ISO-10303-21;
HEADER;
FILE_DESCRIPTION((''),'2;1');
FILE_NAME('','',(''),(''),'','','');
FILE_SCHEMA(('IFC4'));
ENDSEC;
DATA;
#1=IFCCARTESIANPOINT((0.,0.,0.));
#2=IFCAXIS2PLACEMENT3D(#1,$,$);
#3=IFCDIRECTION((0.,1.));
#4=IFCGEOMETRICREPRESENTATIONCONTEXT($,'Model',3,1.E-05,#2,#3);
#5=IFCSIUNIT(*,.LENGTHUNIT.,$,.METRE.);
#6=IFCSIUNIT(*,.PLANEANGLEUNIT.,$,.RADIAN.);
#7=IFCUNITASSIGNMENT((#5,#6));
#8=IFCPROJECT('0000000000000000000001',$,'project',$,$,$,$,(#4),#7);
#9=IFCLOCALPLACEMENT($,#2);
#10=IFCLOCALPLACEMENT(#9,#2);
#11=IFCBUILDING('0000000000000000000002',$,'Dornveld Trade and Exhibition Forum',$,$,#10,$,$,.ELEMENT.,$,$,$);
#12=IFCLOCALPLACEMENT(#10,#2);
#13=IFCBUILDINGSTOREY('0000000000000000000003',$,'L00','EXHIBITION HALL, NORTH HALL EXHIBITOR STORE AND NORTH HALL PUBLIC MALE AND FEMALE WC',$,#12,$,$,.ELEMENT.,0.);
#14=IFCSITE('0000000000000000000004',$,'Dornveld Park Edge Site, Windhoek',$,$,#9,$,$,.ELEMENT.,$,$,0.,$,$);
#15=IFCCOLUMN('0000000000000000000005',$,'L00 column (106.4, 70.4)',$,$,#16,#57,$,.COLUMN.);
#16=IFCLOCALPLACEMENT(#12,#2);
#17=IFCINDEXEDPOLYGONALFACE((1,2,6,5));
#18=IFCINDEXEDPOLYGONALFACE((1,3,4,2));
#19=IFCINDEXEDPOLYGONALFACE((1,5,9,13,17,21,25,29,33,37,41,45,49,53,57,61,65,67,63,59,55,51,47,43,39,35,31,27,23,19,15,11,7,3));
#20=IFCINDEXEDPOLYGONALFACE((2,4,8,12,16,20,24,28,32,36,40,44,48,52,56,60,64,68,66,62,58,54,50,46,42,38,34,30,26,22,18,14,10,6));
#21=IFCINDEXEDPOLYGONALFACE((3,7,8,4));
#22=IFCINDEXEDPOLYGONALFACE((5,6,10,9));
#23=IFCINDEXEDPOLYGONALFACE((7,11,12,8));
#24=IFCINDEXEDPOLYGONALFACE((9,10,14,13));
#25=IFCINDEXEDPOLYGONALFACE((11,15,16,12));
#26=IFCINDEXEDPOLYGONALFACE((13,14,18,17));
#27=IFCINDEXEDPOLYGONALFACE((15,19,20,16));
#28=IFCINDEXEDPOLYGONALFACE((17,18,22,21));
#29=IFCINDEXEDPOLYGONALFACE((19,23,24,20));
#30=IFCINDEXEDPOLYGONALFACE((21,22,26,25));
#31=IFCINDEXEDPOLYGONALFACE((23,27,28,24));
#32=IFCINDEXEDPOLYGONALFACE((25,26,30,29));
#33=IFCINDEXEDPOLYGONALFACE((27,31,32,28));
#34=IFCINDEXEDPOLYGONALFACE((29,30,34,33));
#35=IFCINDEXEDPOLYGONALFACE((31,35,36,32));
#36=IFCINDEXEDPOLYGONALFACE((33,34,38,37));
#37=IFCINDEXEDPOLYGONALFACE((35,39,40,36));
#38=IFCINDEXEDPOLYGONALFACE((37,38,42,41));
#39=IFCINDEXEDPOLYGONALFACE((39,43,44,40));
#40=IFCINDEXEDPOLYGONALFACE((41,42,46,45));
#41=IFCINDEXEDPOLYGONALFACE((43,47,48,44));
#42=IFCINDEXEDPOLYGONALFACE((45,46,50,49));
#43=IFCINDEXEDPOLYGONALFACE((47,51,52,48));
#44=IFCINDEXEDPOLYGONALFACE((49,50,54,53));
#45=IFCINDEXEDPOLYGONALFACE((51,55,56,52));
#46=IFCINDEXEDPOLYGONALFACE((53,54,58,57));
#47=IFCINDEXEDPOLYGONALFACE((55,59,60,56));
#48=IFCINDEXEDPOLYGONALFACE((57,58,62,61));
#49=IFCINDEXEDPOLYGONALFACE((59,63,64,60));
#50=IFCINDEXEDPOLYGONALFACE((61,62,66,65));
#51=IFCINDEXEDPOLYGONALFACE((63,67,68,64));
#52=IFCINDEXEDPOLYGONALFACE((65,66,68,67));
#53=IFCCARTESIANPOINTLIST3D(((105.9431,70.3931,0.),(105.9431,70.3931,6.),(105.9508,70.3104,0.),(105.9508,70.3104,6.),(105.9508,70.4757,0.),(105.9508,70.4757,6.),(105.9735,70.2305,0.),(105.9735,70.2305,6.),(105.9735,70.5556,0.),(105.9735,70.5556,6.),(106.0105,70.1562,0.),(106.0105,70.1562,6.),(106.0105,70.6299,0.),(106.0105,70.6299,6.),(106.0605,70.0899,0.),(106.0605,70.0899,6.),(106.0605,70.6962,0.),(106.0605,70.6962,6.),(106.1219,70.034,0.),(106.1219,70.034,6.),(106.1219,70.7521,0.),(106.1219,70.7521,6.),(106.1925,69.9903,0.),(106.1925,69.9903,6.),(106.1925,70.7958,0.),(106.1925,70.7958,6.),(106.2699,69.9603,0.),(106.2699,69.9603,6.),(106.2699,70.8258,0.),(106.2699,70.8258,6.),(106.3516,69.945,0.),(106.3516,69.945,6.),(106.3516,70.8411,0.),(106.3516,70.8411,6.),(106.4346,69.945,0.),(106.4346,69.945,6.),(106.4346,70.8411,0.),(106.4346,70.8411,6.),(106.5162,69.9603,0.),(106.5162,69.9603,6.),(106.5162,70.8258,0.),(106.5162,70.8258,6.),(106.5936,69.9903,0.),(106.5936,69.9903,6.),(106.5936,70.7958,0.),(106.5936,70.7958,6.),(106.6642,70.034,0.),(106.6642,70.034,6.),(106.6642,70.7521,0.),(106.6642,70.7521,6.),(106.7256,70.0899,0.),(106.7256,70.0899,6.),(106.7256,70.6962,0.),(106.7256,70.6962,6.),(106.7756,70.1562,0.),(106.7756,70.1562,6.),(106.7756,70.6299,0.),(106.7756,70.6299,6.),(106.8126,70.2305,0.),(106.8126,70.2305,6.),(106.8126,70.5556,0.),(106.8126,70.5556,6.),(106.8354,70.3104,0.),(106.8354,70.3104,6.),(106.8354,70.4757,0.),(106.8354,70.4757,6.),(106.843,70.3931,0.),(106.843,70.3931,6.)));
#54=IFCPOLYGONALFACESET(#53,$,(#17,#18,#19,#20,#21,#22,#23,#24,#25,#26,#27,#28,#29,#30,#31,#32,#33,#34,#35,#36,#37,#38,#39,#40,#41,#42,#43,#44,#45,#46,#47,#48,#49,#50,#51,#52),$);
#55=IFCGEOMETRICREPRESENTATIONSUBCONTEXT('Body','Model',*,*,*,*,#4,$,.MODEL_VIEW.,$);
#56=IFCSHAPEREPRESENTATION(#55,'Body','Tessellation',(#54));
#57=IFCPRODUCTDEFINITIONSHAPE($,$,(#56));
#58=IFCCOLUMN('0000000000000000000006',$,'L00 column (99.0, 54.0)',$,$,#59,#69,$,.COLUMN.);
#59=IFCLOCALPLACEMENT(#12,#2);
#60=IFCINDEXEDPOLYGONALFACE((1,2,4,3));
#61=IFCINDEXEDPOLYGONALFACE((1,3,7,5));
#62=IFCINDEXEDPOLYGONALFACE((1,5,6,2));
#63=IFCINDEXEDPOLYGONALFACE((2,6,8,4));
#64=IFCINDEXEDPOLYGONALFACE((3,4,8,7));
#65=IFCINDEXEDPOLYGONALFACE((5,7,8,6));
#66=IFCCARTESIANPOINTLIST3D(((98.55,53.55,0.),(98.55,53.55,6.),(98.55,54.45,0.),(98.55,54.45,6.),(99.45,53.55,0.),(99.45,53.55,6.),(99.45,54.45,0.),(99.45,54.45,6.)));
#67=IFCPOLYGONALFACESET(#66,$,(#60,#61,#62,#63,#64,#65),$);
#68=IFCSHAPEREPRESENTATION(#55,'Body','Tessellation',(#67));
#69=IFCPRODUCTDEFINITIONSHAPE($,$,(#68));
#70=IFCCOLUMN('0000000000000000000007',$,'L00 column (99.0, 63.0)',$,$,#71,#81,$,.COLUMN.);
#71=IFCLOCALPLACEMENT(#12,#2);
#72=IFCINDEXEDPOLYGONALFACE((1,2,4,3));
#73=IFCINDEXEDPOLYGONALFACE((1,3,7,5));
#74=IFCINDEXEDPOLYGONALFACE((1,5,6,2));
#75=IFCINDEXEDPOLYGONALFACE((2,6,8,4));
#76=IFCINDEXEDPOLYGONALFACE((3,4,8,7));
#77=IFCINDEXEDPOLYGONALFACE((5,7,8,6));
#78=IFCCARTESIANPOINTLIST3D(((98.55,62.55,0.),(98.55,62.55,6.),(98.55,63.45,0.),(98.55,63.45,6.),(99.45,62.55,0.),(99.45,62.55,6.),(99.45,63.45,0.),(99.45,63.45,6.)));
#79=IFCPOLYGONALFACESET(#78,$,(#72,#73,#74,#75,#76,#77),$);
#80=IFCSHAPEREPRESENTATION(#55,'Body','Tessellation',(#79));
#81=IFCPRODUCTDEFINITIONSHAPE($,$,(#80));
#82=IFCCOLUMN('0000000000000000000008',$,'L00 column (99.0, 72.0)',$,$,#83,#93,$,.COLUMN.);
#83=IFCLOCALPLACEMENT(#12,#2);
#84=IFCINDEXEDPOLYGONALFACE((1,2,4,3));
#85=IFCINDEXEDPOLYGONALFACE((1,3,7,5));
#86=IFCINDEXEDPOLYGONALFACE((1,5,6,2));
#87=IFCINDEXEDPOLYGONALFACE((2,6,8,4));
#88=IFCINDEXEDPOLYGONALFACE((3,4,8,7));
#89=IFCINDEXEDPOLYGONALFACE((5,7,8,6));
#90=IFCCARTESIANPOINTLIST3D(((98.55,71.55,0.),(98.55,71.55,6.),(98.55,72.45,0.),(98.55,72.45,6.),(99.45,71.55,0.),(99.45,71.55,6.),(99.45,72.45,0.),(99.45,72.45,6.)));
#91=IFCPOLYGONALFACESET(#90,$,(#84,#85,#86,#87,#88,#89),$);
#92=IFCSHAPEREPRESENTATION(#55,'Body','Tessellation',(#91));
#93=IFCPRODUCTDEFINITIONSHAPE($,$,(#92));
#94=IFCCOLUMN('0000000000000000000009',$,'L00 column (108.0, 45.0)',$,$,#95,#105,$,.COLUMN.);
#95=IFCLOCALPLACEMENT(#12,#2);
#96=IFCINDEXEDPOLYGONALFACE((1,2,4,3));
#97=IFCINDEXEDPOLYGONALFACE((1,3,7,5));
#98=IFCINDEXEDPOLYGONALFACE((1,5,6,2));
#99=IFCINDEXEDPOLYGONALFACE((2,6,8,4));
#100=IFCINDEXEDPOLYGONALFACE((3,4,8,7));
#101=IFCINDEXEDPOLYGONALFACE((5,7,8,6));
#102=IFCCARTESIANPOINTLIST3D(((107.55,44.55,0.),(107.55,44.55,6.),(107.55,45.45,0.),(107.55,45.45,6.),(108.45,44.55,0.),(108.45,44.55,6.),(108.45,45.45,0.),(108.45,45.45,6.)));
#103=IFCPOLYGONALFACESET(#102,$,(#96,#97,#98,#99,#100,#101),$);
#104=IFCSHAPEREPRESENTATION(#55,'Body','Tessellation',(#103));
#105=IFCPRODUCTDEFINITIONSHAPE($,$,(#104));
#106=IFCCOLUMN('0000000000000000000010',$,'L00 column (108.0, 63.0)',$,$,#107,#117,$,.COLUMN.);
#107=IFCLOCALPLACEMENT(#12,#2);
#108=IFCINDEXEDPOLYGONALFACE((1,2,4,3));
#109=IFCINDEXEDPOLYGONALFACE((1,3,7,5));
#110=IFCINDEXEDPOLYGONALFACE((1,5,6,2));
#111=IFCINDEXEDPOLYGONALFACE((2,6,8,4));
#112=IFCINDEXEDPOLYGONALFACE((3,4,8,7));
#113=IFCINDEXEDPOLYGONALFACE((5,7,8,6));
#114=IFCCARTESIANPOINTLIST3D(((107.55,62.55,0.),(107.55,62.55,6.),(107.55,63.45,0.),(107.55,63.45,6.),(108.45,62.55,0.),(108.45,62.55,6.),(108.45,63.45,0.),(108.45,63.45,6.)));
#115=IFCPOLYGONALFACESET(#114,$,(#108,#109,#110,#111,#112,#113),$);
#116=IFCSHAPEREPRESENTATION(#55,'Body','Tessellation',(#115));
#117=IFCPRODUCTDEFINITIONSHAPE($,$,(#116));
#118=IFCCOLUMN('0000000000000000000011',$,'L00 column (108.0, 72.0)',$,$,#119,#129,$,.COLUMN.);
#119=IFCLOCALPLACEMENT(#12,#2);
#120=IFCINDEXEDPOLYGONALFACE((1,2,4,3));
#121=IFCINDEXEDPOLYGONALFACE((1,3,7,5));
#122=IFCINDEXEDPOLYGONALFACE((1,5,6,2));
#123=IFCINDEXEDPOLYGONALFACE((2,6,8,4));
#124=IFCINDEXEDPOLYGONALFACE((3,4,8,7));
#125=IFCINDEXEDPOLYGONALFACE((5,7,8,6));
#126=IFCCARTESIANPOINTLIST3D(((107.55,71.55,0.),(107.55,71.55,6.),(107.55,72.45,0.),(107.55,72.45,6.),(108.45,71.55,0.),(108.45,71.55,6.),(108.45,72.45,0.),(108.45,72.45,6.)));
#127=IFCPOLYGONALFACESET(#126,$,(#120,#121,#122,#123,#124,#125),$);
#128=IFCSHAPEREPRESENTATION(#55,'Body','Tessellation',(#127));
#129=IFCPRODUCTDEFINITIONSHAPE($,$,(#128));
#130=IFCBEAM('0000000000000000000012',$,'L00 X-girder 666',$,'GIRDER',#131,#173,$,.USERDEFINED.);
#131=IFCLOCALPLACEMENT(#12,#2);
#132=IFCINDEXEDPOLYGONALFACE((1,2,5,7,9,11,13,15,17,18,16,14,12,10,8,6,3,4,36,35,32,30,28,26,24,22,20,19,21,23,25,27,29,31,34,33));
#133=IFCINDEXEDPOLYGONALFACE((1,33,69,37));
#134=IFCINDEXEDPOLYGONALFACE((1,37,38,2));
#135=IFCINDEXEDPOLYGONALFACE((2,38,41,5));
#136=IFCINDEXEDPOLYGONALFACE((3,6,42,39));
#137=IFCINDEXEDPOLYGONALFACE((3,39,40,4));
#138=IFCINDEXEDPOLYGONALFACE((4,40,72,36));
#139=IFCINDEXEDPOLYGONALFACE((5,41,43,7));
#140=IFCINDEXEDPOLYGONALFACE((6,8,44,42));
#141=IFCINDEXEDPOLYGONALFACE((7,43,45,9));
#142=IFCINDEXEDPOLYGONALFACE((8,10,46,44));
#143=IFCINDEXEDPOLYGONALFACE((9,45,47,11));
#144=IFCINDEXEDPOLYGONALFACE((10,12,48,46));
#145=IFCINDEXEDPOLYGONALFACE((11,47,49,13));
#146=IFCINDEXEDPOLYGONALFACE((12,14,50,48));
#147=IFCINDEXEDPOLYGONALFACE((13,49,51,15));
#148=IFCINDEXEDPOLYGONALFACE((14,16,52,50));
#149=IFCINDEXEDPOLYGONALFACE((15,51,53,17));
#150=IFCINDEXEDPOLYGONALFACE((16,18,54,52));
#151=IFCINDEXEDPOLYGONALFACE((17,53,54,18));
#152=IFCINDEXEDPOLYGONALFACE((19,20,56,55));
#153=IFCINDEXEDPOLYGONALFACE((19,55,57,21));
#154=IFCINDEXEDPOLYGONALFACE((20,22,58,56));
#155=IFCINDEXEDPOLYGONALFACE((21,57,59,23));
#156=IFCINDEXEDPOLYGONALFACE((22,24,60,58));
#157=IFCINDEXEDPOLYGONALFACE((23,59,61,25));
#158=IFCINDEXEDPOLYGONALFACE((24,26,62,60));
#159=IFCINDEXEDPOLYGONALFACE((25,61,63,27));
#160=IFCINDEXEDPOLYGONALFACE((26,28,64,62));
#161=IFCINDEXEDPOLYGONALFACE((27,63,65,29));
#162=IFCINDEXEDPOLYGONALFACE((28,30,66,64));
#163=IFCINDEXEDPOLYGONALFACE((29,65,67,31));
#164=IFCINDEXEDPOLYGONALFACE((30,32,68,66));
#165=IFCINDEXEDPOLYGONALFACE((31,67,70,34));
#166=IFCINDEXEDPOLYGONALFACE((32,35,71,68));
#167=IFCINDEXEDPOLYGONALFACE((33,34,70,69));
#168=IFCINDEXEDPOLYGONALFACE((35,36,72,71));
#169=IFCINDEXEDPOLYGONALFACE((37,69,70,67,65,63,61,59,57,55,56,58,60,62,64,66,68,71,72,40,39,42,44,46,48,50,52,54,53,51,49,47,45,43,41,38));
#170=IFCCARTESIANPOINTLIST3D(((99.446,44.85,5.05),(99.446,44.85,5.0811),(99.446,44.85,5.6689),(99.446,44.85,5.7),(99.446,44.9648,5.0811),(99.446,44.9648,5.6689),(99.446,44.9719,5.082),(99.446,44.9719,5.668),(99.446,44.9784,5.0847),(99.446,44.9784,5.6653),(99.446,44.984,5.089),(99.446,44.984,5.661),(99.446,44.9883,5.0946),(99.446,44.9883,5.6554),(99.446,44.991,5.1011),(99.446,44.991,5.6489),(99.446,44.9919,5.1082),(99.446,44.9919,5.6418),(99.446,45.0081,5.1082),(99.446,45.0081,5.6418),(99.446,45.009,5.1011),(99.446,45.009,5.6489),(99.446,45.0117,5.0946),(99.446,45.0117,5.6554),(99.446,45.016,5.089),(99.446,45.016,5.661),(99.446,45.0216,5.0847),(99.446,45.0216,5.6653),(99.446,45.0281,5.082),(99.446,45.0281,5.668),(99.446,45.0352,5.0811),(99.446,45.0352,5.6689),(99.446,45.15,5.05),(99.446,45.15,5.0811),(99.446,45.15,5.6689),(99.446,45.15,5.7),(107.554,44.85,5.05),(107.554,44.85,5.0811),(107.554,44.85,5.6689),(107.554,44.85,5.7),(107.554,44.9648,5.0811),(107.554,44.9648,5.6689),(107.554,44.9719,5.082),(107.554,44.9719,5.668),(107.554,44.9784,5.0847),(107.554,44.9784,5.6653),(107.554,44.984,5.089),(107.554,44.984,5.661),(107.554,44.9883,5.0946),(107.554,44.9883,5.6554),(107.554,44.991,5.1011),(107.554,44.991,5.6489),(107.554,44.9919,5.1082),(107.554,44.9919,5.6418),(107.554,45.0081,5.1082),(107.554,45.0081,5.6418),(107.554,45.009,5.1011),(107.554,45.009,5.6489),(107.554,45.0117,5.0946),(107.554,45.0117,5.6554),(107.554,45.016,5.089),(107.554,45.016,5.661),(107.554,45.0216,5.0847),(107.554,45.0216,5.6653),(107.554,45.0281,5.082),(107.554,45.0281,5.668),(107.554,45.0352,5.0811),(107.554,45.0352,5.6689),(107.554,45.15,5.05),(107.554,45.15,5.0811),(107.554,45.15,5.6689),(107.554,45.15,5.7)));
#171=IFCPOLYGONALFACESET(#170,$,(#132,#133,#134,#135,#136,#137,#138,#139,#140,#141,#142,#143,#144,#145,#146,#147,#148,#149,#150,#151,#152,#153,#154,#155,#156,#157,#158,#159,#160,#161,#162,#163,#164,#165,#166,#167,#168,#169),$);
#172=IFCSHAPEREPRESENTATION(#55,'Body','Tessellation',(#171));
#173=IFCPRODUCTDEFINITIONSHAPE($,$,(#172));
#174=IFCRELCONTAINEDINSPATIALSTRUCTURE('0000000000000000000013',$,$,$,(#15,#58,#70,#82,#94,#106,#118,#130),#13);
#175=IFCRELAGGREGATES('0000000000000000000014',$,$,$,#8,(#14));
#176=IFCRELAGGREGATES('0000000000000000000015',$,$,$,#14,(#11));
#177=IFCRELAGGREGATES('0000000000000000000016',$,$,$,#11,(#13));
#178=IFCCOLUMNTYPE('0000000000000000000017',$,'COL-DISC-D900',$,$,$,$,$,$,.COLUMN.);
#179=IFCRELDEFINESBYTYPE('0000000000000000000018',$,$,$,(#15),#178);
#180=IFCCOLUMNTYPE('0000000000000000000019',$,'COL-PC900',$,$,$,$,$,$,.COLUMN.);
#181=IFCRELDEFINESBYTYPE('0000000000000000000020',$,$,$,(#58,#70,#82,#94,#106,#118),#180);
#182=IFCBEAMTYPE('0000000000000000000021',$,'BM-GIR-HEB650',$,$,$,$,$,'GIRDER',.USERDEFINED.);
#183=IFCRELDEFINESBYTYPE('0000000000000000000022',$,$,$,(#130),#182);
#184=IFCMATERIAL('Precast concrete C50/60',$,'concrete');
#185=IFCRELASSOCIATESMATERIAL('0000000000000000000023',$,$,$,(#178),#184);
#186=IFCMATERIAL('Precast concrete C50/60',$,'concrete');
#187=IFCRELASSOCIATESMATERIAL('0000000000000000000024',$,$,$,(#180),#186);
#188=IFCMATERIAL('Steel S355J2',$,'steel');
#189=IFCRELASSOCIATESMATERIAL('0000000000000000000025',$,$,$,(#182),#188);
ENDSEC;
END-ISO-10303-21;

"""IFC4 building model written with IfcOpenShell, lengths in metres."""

from ifc_helpers import new_model, si_unit, direction, frame, origin, origin_2d, place, context, subcontext, project, spatial, rectangle, circle, i_section, extrude, material, material_profile, profile_set, type_object, element, save


model = new_model("IFC4")

# Units and contexts
model_context = context("Model", 3, precision=1e-05, world=origin(), true_north=direction((0.0, 1.0)))
body_context = subcontext(model_context, "Body", "Model", "MODEL_VIEW")
ifc_project = project(units=[si_unit("LENGTHUNIT", "METRE"), si_unit("PLANEANGLEUNIT", "RADIAN")], contexts=[model_context])

# Site, building, storey
site_placement = place(None, origin())
site = spatial("IfcSite", under=ifc_project, at=site_placement, Name="Dornveld Park Edge Site, Windhoek", CompositionType="ELEMENT", RefElevation=0.0)
building_placement = place(site_placement, origin())
building = spatial("IfcBuilding", under=site, at=building_placement, Name="Dornveld Trade and Exhibition Forum", CompositionType="ELEMENT")
storey_placement = place(building_placement, origin())
storey = spatial("IfcBuildingStorey", under=building, at=storey_placement, Name="L00", Description="EXHIBITION HALL, NORTH HALL EXHIBITOR STORE AND NORTH HALL PUBLIC MALE AND FEMALE WC", CompositionType="ELEMENT", Elevation=0.0)

# Columns
ifc_material_1 = material(Name="Precast concrete C50/60", Category="concrete")
ifc_material_profile_1 = material_profile(ifc_material_1, circle(Radius=0.45, at=origin_2d()), Name="PC-COL D900")
ifc_profile_set_1 = profile_set([ifc_material_profile_1], Name="Precast concrete C50/60")
column_type_1 = type_object("IfcColumnType", Name="COL-DISC-D900", PredefinedType="COLUMN", material=ifc_profile_set_1)
column_placement = place(storey_placement, frame((106.3931, 70.3931, 0.0), z_axis=(0.0, 0.0, 1.0), x_axis=(1.0, 0.0, 0.0)))
element("IfcColumn", 1, at=column_placement, inside=storey, type_object=column_type_1, Name="L00 column (106.4, 70.4)", PredefinedType="COLUMN", context=body_context, shape_type="SweptSolid", body=[
    extrude(circle(Radius=0.45, at=origin_2d()), origin(), (0.0, 0.0, 1.0), 6.0),
])
ifc_material_2 = material(Name="Precast concrete C50/60", Category="concrete")
ifc_material_profile_2 = material_profile(ifc_material_2, rectangle(XDim=0.8999, YDim=0.8999, at=origin_2d()), Name="PC-COL 900x900")
ifc_profile_set_2 = profile_set([ifc_material_profile_2], Name="Precast concrete C50/60")
column_type_2 = type_object("IfcColumnType", Name="COL-PC900", PredefinedType="COLUMN", material=ifc_profile_set_2)
for number, where, z_axis, x_axis, name in (
    (2, (99.0, 54.0, 0.0), (0.0, 0.0, 1.0), (1.0, 0.0, 0.0), "L00 column (99.0, 54.0)"),
    (3, (99.0, 63.0, 0.0), (0.0, 0.0, 1.0), (1.0, 0.0, 0.0), "L00 column (99.0, 63.0)"),
    (4, (99.0, 72.0, 0.0), (0.0, 0.0, 1.0), (1.0, 0.0, 0.0), "L00 column (99.0, 72.0)"),
    (5, (108.0, 45.0, 0.0), (0.0, 0.0, 1.0), (1.0, 0.0, 0.0), "L00 column (108.0, 45.0)"),
    (6, (108.0, 63.0, 0.0), (0.0, 0.0, 1.0), (1.0, 0.0, 0.0), "L00 column (108.0, 63.0)"),
    (7, (108.0, 72.0, 0.0), (0.0, 0.0, 1.0), (1.0, 0.0, 0.0), "L00 column (108.0, 72.0)"),
):
    element("IfcColumn", number, at=place(storey_placement, frame(where, z_axis=z_axis, x_axis=x_axis)), inside=storey, type_object=column_type_2, Name=name, PredefinedType="COLUMN", context=body_context, shape_type="SweptSolid", body=[
        extrude(rectangle(XDim=0.8999, YDim=0.8999, at=origin_2d()), origin(), (0.0, 0.0, 1.0), 6.0),
    ])

# Beam
ifc_material_3 = material(Name="Steel S355J2", Category="steel")
ifc_material_profile_3 = material_profile(ifc_material_3, i_section(OverallWidth=0.3, OverallDepth=0.6499, WebThickness=0.0161, FlangeThickness=0.031, FilletRadius=0.0271, at=origin_2d()), Name="HEB 650")
ifc_profile_set_3 = profile_set([ifc_material_profile_3], Name="Steel S355J2")
beam_type_1 = type_object("IfcBeamType", Name="BM-GIR-HEB650", ElementType="GIRDER", PredefinedType="USERDEFINED", material=ifc_profile_set_3)
for number, where, z_axis, x_axis, name in (
    (8, (99.446, 45.0, 5.375), (1.0, 0.0, 0.0), (0.0, 1.0, 0.0), "L00 X-girder 666"),
):
    element("IfcBeam", number, at=place(storey_placement, frame(where, z_axis=z_axis, x_axis=x_axis)), inside=storey, type_object=beam_type_1, Name=name, ObjectType="GIRDER", PredefinedType="USERDEFINED", context=body_context, shape_type="SweptSolid", body=[
        extrude(i_section(OverallWidth=0.3, OverallDepth=0.6499, WebThickness=0.0161, FlangeThickness=0.031, FilletRadius=0.0271, at=origin_2d()), origin(), (0.0, 0.0, 1.0), 8.1079),
    ])

save(model, "model.ifc")
